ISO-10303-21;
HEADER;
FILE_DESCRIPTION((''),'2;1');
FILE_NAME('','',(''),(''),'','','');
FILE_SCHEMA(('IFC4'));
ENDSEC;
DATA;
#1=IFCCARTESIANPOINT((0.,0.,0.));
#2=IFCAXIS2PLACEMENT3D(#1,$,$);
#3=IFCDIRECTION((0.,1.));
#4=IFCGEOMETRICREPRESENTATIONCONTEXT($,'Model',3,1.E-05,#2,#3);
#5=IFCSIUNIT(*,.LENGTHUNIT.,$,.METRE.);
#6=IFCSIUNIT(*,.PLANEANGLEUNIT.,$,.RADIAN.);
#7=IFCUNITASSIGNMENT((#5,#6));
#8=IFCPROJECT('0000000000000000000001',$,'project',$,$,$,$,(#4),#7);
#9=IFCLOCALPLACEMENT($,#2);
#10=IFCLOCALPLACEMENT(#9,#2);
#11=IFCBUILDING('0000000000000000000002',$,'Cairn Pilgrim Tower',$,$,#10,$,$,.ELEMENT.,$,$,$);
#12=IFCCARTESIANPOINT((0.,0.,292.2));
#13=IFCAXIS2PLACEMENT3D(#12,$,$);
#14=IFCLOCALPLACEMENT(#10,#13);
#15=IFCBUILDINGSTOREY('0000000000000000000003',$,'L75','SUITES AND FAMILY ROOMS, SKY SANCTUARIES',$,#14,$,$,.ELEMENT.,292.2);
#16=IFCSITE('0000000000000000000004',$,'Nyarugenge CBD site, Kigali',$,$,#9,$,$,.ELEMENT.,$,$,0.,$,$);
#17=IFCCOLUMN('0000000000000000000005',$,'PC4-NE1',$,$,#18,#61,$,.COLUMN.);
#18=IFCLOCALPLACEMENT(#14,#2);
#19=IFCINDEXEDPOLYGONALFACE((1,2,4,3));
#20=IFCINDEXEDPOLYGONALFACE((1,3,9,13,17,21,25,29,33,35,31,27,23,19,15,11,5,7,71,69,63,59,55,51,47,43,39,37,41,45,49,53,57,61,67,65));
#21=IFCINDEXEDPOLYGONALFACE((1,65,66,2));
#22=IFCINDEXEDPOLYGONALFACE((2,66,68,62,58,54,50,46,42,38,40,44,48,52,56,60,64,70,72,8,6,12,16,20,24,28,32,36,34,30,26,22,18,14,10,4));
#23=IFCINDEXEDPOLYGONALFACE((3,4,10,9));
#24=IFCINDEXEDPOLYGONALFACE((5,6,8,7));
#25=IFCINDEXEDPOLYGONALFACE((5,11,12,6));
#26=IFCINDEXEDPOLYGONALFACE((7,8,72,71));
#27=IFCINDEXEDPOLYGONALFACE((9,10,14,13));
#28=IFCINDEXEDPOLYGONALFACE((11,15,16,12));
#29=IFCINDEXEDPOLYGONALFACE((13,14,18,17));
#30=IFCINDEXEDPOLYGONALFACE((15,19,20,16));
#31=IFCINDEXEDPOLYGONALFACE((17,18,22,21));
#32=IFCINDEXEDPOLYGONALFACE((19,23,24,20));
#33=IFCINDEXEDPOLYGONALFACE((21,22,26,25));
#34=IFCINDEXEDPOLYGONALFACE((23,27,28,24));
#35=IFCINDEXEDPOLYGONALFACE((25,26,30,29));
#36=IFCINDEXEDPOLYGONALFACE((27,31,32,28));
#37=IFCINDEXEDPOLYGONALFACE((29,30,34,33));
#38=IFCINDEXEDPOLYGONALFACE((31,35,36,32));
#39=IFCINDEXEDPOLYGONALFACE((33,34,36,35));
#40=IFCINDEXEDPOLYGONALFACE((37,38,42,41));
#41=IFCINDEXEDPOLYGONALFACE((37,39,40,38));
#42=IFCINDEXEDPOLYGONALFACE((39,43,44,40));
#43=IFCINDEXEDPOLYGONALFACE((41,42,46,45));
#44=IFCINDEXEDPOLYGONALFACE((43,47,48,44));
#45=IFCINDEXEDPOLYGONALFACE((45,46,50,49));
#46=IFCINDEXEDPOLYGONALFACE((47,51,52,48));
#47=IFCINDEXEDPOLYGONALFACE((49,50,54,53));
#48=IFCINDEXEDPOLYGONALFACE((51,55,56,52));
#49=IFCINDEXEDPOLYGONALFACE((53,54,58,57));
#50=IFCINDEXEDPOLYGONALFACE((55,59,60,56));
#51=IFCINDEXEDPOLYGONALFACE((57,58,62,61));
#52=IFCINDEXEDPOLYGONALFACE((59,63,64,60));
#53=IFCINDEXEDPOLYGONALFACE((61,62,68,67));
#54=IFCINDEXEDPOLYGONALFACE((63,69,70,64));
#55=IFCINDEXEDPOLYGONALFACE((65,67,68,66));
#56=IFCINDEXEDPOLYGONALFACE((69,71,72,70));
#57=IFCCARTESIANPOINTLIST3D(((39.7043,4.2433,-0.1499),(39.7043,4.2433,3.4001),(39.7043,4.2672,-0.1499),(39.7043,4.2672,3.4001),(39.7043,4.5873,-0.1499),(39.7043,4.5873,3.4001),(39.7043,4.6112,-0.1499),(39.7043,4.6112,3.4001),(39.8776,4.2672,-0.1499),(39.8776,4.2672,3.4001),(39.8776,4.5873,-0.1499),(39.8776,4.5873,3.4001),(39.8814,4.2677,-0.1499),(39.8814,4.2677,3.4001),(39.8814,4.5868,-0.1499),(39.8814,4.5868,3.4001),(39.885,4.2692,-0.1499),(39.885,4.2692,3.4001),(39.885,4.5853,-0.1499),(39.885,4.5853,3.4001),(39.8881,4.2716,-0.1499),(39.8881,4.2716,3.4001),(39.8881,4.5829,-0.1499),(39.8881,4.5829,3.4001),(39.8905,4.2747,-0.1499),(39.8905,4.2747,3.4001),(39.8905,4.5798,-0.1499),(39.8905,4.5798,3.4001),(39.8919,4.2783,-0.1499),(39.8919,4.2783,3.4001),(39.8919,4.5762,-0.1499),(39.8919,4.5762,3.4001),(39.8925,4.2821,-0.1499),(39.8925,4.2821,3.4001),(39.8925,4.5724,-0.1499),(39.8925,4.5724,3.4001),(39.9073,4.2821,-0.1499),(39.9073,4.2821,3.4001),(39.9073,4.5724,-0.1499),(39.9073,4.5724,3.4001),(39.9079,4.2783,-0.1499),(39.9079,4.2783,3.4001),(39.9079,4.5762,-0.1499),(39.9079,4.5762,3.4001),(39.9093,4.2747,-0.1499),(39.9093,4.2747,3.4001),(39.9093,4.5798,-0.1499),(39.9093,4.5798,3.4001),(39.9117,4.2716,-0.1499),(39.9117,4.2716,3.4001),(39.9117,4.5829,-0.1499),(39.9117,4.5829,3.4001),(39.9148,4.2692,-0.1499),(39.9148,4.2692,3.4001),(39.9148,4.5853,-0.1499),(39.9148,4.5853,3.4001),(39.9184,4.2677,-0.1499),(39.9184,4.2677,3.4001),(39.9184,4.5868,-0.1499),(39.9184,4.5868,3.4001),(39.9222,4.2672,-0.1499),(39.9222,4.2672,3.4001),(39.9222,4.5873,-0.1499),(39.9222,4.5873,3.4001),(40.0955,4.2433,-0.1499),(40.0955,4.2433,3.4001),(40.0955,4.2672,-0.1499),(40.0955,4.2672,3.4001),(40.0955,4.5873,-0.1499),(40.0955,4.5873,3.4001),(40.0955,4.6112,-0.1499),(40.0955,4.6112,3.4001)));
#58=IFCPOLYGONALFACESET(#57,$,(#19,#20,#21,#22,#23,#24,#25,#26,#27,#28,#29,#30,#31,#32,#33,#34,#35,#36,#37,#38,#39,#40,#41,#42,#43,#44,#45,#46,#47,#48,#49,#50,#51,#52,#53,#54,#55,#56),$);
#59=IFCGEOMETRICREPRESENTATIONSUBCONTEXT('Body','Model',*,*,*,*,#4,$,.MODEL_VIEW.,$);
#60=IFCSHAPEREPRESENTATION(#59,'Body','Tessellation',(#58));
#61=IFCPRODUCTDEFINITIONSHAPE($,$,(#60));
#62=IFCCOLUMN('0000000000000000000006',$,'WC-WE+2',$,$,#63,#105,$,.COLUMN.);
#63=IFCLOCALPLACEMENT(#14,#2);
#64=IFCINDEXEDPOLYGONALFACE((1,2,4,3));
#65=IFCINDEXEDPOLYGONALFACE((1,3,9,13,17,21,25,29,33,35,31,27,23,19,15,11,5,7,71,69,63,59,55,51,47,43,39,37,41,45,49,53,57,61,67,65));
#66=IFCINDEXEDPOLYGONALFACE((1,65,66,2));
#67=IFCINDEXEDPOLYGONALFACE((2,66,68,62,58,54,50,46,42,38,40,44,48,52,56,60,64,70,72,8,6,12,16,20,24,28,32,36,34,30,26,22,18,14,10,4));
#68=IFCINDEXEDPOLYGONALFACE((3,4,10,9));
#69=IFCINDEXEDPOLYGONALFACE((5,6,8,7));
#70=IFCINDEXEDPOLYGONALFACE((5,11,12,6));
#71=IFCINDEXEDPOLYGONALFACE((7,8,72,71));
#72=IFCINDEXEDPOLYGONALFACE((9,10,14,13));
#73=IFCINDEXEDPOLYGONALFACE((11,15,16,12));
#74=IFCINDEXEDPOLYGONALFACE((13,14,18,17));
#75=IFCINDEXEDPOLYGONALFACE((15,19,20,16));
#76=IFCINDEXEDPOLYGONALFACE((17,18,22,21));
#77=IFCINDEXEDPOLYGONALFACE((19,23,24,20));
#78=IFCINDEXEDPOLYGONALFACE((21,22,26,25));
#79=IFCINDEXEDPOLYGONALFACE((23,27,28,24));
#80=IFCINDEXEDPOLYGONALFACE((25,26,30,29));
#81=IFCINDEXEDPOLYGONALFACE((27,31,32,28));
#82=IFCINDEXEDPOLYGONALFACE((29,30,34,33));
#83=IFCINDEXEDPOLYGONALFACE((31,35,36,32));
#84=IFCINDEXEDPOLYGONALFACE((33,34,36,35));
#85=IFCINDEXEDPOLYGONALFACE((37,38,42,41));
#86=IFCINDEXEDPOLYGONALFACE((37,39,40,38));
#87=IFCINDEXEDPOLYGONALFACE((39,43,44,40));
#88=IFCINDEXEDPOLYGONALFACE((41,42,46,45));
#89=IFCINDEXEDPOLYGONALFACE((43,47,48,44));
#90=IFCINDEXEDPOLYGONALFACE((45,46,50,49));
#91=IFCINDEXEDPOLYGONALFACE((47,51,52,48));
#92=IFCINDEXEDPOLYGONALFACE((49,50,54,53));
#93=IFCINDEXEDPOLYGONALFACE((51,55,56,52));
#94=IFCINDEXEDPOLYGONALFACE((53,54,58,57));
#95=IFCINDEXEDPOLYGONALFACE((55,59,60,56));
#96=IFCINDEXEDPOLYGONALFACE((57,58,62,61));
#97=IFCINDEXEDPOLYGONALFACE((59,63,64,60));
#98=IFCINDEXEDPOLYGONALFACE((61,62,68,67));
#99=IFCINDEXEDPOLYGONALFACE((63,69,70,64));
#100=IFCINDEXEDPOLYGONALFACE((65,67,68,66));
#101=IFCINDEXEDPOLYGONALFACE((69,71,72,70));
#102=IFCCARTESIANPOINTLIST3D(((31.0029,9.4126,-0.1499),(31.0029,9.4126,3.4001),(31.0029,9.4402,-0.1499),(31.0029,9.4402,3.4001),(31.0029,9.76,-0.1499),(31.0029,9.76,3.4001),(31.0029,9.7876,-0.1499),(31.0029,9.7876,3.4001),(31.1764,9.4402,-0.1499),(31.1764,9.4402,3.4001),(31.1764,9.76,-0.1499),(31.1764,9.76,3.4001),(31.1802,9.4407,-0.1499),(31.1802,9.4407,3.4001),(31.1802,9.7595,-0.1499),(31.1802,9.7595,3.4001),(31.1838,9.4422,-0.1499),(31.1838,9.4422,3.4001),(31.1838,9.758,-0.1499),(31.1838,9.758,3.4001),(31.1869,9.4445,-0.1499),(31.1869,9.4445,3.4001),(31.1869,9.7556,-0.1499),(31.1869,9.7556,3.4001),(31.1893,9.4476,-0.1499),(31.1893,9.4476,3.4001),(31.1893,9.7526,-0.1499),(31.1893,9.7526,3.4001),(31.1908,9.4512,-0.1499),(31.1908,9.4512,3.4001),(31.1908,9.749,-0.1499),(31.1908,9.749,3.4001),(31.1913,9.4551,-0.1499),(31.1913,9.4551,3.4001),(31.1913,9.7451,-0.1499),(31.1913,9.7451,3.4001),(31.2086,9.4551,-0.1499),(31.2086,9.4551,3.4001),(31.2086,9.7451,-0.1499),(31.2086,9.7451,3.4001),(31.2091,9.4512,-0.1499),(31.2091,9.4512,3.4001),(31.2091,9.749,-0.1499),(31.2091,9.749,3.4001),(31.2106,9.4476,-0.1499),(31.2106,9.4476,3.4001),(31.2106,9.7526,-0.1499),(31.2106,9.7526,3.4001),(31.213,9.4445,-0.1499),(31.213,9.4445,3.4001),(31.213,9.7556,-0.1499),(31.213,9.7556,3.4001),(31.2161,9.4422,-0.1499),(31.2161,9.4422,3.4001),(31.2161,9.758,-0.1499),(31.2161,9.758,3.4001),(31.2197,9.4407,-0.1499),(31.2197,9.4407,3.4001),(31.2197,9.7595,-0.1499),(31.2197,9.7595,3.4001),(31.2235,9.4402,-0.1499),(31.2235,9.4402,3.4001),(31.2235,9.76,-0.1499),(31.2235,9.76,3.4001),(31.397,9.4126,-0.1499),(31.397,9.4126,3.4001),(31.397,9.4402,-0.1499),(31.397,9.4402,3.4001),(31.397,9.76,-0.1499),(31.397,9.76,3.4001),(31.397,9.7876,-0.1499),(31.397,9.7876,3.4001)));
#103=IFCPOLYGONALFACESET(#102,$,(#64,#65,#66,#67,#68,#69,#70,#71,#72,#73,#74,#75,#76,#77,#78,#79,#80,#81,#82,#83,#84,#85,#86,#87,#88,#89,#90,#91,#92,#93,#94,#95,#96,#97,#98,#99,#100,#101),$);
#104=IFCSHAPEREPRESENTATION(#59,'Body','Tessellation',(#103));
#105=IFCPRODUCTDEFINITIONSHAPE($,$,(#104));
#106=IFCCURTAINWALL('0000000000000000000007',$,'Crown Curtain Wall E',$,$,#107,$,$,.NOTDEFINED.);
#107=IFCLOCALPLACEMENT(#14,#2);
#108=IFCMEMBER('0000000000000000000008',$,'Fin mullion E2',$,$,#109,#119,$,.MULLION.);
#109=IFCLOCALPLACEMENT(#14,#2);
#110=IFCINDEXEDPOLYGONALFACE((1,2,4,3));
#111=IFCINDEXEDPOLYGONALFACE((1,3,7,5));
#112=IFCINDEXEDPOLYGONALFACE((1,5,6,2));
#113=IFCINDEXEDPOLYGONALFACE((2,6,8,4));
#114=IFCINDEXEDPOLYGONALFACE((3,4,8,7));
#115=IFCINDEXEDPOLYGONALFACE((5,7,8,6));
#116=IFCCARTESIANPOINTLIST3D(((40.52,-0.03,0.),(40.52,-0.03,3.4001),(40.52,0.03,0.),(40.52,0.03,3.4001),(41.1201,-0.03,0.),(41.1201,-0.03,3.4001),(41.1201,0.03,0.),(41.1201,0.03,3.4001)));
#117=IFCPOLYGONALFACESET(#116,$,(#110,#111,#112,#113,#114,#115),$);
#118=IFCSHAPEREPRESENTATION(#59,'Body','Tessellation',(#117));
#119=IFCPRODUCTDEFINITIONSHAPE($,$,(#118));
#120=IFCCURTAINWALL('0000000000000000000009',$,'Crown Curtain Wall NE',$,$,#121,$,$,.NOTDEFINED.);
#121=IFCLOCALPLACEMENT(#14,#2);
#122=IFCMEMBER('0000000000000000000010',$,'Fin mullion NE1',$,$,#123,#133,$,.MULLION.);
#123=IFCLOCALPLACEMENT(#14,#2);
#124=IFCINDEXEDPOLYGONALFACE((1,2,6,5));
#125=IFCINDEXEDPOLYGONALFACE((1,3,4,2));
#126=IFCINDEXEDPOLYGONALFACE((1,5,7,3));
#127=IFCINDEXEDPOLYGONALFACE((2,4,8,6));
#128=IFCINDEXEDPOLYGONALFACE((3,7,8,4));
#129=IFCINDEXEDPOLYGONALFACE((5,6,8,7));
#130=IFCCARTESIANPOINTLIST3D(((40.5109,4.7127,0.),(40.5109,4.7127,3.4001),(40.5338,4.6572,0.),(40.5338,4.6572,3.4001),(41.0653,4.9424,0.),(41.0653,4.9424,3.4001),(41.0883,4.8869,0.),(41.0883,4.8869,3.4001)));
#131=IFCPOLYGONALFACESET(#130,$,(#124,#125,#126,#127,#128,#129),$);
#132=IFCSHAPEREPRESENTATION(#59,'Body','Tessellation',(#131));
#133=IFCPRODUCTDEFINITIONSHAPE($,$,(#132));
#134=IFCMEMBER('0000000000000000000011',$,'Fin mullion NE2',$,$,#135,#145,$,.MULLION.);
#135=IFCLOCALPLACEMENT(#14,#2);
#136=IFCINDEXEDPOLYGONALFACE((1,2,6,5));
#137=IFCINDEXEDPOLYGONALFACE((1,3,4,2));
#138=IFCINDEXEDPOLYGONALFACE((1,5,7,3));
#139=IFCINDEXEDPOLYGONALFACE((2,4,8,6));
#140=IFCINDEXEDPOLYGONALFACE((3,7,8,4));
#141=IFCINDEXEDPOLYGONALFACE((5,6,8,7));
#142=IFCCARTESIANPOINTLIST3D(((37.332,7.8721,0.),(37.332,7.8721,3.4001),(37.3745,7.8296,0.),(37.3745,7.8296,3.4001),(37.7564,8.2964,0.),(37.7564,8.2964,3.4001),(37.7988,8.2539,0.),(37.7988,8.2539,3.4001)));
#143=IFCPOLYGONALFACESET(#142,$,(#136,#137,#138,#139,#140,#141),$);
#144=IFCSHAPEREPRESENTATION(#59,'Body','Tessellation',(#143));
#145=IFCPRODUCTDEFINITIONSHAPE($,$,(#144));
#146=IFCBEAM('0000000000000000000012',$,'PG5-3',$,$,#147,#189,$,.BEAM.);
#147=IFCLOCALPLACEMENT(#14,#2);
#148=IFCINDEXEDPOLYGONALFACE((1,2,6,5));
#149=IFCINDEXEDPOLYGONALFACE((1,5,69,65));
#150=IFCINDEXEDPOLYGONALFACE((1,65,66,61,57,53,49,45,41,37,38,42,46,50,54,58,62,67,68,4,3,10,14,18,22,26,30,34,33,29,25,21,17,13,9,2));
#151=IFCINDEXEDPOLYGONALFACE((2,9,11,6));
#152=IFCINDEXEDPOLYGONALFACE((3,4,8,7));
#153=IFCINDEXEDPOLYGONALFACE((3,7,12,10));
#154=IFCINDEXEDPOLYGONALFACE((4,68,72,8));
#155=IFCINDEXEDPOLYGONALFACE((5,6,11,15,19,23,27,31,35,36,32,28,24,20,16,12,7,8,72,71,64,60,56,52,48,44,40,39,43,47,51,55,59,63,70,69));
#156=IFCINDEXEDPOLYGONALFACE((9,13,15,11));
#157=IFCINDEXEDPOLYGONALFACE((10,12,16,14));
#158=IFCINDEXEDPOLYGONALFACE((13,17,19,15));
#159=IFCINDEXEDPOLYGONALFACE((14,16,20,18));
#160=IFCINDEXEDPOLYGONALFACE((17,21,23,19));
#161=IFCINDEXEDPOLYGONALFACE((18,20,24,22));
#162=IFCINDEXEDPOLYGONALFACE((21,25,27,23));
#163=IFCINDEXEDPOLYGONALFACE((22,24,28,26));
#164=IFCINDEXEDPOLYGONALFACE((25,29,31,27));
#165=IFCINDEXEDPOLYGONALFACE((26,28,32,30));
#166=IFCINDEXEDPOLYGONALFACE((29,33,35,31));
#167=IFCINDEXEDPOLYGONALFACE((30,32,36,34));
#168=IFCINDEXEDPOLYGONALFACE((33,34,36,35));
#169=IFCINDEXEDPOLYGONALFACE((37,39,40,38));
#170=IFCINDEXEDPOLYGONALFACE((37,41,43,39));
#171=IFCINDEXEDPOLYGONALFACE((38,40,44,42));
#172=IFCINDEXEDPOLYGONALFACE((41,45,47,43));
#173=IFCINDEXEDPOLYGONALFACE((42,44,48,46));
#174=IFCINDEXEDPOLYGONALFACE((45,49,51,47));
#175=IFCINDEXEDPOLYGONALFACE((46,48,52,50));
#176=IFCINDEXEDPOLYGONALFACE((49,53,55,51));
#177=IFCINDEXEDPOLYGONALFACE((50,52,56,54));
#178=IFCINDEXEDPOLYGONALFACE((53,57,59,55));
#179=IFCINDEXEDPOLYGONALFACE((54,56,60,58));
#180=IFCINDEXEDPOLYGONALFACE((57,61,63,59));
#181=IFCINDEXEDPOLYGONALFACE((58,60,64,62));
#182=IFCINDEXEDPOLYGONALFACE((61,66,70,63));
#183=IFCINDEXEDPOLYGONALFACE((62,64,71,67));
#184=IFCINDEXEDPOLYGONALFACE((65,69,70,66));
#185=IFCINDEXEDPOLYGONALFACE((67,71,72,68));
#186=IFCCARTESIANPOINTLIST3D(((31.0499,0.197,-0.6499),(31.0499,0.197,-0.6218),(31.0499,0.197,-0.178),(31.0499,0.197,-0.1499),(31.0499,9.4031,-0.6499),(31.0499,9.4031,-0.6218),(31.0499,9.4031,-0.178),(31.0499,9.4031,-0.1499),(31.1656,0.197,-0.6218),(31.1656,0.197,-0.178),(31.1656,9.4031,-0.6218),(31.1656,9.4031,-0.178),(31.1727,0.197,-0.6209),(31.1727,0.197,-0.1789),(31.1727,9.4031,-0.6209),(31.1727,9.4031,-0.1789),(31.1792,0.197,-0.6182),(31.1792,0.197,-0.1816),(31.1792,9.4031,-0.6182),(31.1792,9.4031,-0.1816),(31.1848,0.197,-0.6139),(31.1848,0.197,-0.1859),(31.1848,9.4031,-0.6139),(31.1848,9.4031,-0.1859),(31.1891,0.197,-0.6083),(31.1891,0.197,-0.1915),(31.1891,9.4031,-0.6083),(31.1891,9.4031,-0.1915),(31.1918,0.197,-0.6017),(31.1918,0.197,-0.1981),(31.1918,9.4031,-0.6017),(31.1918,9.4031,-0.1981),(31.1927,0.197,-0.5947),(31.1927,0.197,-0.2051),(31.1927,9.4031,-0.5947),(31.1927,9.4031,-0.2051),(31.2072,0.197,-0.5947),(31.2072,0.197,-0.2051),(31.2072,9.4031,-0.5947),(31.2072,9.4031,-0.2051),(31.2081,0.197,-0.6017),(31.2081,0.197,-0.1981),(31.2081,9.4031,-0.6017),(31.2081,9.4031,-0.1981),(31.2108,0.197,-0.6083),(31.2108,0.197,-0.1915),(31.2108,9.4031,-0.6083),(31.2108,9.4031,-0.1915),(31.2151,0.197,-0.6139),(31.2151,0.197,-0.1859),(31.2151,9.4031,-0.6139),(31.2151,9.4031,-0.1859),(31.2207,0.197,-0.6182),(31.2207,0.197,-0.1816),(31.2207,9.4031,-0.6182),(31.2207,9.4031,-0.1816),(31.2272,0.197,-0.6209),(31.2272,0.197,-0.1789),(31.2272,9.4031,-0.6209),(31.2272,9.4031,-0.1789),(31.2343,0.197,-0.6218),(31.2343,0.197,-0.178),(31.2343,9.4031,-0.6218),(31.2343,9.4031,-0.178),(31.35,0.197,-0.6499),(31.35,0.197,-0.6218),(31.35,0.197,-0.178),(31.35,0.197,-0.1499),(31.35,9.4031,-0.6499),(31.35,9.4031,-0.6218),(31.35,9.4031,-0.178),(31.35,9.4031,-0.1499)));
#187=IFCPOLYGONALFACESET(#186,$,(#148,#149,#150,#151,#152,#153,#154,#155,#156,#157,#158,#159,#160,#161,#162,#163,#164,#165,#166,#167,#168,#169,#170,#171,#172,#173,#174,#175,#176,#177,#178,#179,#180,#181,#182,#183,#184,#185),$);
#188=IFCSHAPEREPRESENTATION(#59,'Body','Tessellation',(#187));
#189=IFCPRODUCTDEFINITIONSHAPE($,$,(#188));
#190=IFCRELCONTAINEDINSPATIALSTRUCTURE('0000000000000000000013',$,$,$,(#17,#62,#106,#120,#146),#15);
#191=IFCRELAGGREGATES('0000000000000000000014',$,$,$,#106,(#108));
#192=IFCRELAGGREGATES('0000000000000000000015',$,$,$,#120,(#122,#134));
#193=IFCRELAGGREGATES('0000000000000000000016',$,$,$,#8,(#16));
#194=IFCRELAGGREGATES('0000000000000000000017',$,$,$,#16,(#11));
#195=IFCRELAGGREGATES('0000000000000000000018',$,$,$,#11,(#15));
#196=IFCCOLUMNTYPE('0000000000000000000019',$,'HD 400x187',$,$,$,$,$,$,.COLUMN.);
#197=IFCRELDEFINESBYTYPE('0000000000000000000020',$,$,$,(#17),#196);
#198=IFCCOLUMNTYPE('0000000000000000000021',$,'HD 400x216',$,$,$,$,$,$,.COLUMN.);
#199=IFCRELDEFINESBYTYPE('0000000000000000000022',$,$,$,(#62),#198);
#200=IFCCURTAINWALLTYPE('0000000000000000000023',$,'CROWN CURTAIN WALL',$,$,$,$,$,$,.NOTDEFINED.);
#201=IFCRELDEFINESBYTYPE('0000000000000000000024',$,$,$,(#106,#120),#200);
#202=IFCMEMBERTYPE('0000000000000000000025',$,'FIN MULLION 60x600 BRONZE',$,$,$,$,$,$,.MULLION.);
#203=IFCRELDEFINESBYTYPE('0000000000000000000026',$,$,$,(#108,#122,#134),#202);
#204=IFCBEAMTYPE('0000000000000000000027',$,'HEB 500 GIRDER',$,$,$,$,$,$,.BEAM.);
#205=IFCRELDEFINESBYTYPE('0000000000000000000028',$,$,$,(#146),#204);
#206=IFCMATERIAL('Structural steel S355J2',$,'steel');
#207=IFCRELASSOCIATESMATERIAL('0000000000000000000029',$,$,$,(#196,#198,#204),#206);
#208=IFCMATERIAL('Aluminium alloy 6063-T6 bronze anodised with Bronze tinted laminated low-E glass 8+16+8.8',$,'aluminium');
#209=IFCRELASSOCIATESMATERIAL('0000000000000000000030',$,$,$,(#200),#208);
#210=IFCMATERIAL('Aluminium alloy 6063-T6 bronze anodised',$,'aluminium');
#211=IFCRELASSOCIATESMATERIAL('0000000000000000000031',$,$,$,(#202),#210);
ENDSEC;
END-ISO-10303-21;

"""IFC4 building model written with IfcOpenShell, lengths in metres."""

from ifc_helpers import new_model, si_unit, direction, frame, origin, origin_2d, place, context, subcontext, project, spatial, rectangle, i_section, extrude, material, material_profile, profile_set, type_object, element, aggregate, save


model = new_model("IFC4")

# Units and contexts
model_context = context("Model", 3, precision=1e-05, world=origin(), true_north=direction((0.0, 1.0)))
body_context = subcontext(model_context, "Body", "Model", "MODEL_VIEW")
ifc_project = project(units=[si_unit("LENGTHUNIT", "METRE"), si_unit("PLANEANGLEUNIT", "RADIAN")], contexts=[model_context])

# Site, building, storey
site_placement = place(None, origin())
site = spatial("IfcSite", under=ifc_project, at=site_placement, Name="Nyarugenge CBD site, Kigali", CompositionType="ELEMENT", RefElevation=0.0)
building_placement = place(site_placement, origin())
building = spatial("IfcBuilding", under=site, at=building_placement, Name="Cairn Pilgrim Tower", CompositionType="ELEMENT")
storey_placement = place(building_placement, frame((0.0, 0.0, 292.2)))
storey = spatial("IfcBuildingStorey", under=building, at=storey_placement, Name="L75", Description="SUITES AND FAMILY ROOMS, SKY SANCTUARIES", CompositionType="ELEMENT", Elevation=292.2)

# Columns
ifc_material_1 = material(Name="Structural steel S355J2", Category="steel")
ifc_material_profile_1 = material_profile(ifc_material_1, i_section(OverallWidth=0.3911, OverallDepth=0.3679, WebThickness=0.0149, FlangeThickness=0.0239, FilletRadius=0.0149, at=origin_2d()), Name="HD 400x187")
ifc_profile_set_1 = profile_set([ifc_material_profile_1], Name="Structural steel S355J2")
column_type_1 = type_object("IfcColumnType", Name="HD 400x187", PredefinedType="COLUMN", material=ifc_profile_set_1)
column_1_placement = place(storey_placement, frame((39.8999, 4.4272, -0.1499), z_axis=(0.0, 0.0, 1.0), x_axis=(1.0, 0.0, 0.0)))
element("IfcColumn", 1, at=column_1_placement, inside=storey, type_object=column_type_1, Name="PC4-NE1", PredefinedType="COLUMN", context=body_context, shape_type="SweptSolid", body=[
    extrude(i_section(OverallWidth=0.3911, OverallDepth=0.3679, WebThickness=0.0149, FlangeThickness=0.0239, FilletRadius=0.0149, at=origin_2d()), origin(), (0.0, 0.0, 1.0), 3.55),
])
ifc_material_profile_2 = material_profile(ifc_material_1, i_section(OverallWidth=0.394, OverallDepth=0.375, WebThickness=0.0173, FlangeThickness=0.0276, FilletRadius=0.0149, at=origin_2d()), Name="HD 400x216")
ifc_profile_set_2 = profile_set([ifc_material_profile_2], Name="Structural steel S355J2")
column_type_2 = type_object("IfcColumnType", Name="HD 400x216", PredefinedType="COLUMN", material=ifc_profile_set_2)
column_2_placement = place(storey_placement, frame((31.2, 9.6001, -0.1499), z_axis=(0.0, 0.0, 1.0), x_axis=(1.0, 0.0, 0.0)))
element("IfcColumn", 2, at=column_2_placement, inside=storey, type_object=column_type_2, Name="WC-WE+2", PredefinedType="COLUMN", context=body_context, shape_type="SweptSolid", body=[
    extrude(i_section(OverallWidth=0.394, OverallDepth=0.375, WebThickness=0.0173, FlangeThickness=0.0276, FilletRadius=0.0149, at=origin_2d()), origin(), (0.0, 0.0, 1.0), 3.55),
])

# Curtain wall, member
ifc_material_2 = material(Name="Aluminium alloy 6063-T6 bronze anodised with Bronze tinted laminated low-E glass 8+16+8.8", Category="aluminium")
curtain_wall_type = type_object("IfcCurtainWallType", Name="CROWN CURTAIN WALL", PredefinedType="NOTDEFINED", material=ifc_material_2)
curtain_wall_1_placement = place(storey_placement, origin())
curtain_wall_1 = element("IfcCurtainWall", 3, at=curtain_wall_1_placement, inside=storey, type_object=curtain_wall_type, Name="Crown Curtain Wall E", PredefinedType="NOTDEFINED")
ifc_material_3 = material(Name="Aluminium alloy 6063-T6 bronze anodised", Category="aluminium")
ifc_material_profile_3 = material_profile(ifc_material_3, rectangle(XDim=0.6001, YDim=0.0601, at=origin_2d()), Name="FIN MULLION 60x600 BRONZE")
ifc_profile_set_3 = profile_set([ifc_material_profile_3], Name="Aluminium alloy 6063-T6 bronze anodised")
member_type_1 = type_object("IfcMemberType", Name="FIN MULLION 60x600 BRONZE", PredefinedType="MULLION", material=ifc_profile_set_3)
member_1_placement = place(storey_placement, frame((40.8201, 0.0, 0.0), z_axis=(0.0, 0.0, 1.0), x_axis=(1.0, 0.0, 0.0)))
member_1 = element("IfcMember", 4, at=member_1_placement, type_object=member_type_1, Name="Fin mullion E2", PredefinedType="MULLION", context=body_context, shape_type="SweptSolid", body=[
    extrude(rectangle(XDim=0.6001, YDim=0.0601, at=origin_2d()), origin(), (0.0, 0.0, 1.0), 3.4001),
])
aggregate(curtain_wall_1, [member_1])

# Curtain wall, members
curtain_wall_2_placement = place(storey_placement, origin())
curtain_wall_2 = element("IfcCurtainWall", 5, at=curtain_wall_2_placement, inside=storey, type_object=curtain_wall_type, Name="Crown Curtain Wall NE", PredefinedType="NOTDEFINED")
member_2_placement = place(storey_placement, frame((40.7996, 4.7998, 0.0), z_axis=(0.0, 0.0, 1.0), x_axis=(0.92388, 0.382683, 0.0)))
member_2 = element("IfcMember", 6, at=member_2_placement, type_object=member_type_1, Name="Fin mullion NE1", PredefinedType="MULLION", context=body_context, shape_type="SweptSolid", body=[
    extrude(rectangle(XDim=0.6001, YDim=0.0601, at=origin_2d()), origin(), (0.0, 0.0, 1.0), 3.4001),
])
member_3_placement = place(storey_placement, frame((37.5654, 8.063, 0.0), z_axis=(0.0, 0.0, 1.0), x_axis=(0.707107, 0.707107, 0.0)))
member_3 = element("IfcMember", 7, at=member_3_placement, type_object=member_type_1, Name="Fin mullion NE2", PredefinedType="MULLION", context=body_context, shape_type="SweptSolid", body=[
    extrude(rectangle(XDim=0.6001, YDim=0.0601, at=origin_2d()), origin(), (0.0, 0.0, 1.0), 3.4001),
])

# Beam
ifc_material_profile_4 = material_profile(ifc_material_1, i_section(OverallWidth=0.3, OverallDepth=0.5, WebThickness=0.0144, FlangeThickness=0.0281, FilletRadius=0.0271, at=origin_2d()), Name="HEB 500")
ifc_profile_set_4 = profile_set([ifc_material_profile_4], Name="Structural steel S355J2")
beam_type_1 = type_object("IfcBeamType", Name="HEB 500 GIRDER", PredefinedType="BEAM", material=ifc_profile_set_4)
beam_1_placement = place(storey_placement, frame((31.2, 0.197, -0.3999), z_axis=(0.0, 1.0, 0.0), x_axis=(-1.0, 0.0, 0.0)))
element("IfcBeam", 8, at=beam_1_placement, inside=storey, type_object=beam_type_1, Name="PG5-3", PredefinedType="BEAM", context=body_context, shape_type="SweptSolid", body=[
    extrude(i_section(OverallWidth=0.3, OverallDepth=0.5, WebThickness=0.0144, FlangeThickness=0.0281, FilletRadius=0.0271, at=origin_2d()), origin(), (0.0, 0.0, 1.0), 9.2061),
])

aggregate(curtain_wall_2, [member_2, member_3])

save(model, "model.ifc")
